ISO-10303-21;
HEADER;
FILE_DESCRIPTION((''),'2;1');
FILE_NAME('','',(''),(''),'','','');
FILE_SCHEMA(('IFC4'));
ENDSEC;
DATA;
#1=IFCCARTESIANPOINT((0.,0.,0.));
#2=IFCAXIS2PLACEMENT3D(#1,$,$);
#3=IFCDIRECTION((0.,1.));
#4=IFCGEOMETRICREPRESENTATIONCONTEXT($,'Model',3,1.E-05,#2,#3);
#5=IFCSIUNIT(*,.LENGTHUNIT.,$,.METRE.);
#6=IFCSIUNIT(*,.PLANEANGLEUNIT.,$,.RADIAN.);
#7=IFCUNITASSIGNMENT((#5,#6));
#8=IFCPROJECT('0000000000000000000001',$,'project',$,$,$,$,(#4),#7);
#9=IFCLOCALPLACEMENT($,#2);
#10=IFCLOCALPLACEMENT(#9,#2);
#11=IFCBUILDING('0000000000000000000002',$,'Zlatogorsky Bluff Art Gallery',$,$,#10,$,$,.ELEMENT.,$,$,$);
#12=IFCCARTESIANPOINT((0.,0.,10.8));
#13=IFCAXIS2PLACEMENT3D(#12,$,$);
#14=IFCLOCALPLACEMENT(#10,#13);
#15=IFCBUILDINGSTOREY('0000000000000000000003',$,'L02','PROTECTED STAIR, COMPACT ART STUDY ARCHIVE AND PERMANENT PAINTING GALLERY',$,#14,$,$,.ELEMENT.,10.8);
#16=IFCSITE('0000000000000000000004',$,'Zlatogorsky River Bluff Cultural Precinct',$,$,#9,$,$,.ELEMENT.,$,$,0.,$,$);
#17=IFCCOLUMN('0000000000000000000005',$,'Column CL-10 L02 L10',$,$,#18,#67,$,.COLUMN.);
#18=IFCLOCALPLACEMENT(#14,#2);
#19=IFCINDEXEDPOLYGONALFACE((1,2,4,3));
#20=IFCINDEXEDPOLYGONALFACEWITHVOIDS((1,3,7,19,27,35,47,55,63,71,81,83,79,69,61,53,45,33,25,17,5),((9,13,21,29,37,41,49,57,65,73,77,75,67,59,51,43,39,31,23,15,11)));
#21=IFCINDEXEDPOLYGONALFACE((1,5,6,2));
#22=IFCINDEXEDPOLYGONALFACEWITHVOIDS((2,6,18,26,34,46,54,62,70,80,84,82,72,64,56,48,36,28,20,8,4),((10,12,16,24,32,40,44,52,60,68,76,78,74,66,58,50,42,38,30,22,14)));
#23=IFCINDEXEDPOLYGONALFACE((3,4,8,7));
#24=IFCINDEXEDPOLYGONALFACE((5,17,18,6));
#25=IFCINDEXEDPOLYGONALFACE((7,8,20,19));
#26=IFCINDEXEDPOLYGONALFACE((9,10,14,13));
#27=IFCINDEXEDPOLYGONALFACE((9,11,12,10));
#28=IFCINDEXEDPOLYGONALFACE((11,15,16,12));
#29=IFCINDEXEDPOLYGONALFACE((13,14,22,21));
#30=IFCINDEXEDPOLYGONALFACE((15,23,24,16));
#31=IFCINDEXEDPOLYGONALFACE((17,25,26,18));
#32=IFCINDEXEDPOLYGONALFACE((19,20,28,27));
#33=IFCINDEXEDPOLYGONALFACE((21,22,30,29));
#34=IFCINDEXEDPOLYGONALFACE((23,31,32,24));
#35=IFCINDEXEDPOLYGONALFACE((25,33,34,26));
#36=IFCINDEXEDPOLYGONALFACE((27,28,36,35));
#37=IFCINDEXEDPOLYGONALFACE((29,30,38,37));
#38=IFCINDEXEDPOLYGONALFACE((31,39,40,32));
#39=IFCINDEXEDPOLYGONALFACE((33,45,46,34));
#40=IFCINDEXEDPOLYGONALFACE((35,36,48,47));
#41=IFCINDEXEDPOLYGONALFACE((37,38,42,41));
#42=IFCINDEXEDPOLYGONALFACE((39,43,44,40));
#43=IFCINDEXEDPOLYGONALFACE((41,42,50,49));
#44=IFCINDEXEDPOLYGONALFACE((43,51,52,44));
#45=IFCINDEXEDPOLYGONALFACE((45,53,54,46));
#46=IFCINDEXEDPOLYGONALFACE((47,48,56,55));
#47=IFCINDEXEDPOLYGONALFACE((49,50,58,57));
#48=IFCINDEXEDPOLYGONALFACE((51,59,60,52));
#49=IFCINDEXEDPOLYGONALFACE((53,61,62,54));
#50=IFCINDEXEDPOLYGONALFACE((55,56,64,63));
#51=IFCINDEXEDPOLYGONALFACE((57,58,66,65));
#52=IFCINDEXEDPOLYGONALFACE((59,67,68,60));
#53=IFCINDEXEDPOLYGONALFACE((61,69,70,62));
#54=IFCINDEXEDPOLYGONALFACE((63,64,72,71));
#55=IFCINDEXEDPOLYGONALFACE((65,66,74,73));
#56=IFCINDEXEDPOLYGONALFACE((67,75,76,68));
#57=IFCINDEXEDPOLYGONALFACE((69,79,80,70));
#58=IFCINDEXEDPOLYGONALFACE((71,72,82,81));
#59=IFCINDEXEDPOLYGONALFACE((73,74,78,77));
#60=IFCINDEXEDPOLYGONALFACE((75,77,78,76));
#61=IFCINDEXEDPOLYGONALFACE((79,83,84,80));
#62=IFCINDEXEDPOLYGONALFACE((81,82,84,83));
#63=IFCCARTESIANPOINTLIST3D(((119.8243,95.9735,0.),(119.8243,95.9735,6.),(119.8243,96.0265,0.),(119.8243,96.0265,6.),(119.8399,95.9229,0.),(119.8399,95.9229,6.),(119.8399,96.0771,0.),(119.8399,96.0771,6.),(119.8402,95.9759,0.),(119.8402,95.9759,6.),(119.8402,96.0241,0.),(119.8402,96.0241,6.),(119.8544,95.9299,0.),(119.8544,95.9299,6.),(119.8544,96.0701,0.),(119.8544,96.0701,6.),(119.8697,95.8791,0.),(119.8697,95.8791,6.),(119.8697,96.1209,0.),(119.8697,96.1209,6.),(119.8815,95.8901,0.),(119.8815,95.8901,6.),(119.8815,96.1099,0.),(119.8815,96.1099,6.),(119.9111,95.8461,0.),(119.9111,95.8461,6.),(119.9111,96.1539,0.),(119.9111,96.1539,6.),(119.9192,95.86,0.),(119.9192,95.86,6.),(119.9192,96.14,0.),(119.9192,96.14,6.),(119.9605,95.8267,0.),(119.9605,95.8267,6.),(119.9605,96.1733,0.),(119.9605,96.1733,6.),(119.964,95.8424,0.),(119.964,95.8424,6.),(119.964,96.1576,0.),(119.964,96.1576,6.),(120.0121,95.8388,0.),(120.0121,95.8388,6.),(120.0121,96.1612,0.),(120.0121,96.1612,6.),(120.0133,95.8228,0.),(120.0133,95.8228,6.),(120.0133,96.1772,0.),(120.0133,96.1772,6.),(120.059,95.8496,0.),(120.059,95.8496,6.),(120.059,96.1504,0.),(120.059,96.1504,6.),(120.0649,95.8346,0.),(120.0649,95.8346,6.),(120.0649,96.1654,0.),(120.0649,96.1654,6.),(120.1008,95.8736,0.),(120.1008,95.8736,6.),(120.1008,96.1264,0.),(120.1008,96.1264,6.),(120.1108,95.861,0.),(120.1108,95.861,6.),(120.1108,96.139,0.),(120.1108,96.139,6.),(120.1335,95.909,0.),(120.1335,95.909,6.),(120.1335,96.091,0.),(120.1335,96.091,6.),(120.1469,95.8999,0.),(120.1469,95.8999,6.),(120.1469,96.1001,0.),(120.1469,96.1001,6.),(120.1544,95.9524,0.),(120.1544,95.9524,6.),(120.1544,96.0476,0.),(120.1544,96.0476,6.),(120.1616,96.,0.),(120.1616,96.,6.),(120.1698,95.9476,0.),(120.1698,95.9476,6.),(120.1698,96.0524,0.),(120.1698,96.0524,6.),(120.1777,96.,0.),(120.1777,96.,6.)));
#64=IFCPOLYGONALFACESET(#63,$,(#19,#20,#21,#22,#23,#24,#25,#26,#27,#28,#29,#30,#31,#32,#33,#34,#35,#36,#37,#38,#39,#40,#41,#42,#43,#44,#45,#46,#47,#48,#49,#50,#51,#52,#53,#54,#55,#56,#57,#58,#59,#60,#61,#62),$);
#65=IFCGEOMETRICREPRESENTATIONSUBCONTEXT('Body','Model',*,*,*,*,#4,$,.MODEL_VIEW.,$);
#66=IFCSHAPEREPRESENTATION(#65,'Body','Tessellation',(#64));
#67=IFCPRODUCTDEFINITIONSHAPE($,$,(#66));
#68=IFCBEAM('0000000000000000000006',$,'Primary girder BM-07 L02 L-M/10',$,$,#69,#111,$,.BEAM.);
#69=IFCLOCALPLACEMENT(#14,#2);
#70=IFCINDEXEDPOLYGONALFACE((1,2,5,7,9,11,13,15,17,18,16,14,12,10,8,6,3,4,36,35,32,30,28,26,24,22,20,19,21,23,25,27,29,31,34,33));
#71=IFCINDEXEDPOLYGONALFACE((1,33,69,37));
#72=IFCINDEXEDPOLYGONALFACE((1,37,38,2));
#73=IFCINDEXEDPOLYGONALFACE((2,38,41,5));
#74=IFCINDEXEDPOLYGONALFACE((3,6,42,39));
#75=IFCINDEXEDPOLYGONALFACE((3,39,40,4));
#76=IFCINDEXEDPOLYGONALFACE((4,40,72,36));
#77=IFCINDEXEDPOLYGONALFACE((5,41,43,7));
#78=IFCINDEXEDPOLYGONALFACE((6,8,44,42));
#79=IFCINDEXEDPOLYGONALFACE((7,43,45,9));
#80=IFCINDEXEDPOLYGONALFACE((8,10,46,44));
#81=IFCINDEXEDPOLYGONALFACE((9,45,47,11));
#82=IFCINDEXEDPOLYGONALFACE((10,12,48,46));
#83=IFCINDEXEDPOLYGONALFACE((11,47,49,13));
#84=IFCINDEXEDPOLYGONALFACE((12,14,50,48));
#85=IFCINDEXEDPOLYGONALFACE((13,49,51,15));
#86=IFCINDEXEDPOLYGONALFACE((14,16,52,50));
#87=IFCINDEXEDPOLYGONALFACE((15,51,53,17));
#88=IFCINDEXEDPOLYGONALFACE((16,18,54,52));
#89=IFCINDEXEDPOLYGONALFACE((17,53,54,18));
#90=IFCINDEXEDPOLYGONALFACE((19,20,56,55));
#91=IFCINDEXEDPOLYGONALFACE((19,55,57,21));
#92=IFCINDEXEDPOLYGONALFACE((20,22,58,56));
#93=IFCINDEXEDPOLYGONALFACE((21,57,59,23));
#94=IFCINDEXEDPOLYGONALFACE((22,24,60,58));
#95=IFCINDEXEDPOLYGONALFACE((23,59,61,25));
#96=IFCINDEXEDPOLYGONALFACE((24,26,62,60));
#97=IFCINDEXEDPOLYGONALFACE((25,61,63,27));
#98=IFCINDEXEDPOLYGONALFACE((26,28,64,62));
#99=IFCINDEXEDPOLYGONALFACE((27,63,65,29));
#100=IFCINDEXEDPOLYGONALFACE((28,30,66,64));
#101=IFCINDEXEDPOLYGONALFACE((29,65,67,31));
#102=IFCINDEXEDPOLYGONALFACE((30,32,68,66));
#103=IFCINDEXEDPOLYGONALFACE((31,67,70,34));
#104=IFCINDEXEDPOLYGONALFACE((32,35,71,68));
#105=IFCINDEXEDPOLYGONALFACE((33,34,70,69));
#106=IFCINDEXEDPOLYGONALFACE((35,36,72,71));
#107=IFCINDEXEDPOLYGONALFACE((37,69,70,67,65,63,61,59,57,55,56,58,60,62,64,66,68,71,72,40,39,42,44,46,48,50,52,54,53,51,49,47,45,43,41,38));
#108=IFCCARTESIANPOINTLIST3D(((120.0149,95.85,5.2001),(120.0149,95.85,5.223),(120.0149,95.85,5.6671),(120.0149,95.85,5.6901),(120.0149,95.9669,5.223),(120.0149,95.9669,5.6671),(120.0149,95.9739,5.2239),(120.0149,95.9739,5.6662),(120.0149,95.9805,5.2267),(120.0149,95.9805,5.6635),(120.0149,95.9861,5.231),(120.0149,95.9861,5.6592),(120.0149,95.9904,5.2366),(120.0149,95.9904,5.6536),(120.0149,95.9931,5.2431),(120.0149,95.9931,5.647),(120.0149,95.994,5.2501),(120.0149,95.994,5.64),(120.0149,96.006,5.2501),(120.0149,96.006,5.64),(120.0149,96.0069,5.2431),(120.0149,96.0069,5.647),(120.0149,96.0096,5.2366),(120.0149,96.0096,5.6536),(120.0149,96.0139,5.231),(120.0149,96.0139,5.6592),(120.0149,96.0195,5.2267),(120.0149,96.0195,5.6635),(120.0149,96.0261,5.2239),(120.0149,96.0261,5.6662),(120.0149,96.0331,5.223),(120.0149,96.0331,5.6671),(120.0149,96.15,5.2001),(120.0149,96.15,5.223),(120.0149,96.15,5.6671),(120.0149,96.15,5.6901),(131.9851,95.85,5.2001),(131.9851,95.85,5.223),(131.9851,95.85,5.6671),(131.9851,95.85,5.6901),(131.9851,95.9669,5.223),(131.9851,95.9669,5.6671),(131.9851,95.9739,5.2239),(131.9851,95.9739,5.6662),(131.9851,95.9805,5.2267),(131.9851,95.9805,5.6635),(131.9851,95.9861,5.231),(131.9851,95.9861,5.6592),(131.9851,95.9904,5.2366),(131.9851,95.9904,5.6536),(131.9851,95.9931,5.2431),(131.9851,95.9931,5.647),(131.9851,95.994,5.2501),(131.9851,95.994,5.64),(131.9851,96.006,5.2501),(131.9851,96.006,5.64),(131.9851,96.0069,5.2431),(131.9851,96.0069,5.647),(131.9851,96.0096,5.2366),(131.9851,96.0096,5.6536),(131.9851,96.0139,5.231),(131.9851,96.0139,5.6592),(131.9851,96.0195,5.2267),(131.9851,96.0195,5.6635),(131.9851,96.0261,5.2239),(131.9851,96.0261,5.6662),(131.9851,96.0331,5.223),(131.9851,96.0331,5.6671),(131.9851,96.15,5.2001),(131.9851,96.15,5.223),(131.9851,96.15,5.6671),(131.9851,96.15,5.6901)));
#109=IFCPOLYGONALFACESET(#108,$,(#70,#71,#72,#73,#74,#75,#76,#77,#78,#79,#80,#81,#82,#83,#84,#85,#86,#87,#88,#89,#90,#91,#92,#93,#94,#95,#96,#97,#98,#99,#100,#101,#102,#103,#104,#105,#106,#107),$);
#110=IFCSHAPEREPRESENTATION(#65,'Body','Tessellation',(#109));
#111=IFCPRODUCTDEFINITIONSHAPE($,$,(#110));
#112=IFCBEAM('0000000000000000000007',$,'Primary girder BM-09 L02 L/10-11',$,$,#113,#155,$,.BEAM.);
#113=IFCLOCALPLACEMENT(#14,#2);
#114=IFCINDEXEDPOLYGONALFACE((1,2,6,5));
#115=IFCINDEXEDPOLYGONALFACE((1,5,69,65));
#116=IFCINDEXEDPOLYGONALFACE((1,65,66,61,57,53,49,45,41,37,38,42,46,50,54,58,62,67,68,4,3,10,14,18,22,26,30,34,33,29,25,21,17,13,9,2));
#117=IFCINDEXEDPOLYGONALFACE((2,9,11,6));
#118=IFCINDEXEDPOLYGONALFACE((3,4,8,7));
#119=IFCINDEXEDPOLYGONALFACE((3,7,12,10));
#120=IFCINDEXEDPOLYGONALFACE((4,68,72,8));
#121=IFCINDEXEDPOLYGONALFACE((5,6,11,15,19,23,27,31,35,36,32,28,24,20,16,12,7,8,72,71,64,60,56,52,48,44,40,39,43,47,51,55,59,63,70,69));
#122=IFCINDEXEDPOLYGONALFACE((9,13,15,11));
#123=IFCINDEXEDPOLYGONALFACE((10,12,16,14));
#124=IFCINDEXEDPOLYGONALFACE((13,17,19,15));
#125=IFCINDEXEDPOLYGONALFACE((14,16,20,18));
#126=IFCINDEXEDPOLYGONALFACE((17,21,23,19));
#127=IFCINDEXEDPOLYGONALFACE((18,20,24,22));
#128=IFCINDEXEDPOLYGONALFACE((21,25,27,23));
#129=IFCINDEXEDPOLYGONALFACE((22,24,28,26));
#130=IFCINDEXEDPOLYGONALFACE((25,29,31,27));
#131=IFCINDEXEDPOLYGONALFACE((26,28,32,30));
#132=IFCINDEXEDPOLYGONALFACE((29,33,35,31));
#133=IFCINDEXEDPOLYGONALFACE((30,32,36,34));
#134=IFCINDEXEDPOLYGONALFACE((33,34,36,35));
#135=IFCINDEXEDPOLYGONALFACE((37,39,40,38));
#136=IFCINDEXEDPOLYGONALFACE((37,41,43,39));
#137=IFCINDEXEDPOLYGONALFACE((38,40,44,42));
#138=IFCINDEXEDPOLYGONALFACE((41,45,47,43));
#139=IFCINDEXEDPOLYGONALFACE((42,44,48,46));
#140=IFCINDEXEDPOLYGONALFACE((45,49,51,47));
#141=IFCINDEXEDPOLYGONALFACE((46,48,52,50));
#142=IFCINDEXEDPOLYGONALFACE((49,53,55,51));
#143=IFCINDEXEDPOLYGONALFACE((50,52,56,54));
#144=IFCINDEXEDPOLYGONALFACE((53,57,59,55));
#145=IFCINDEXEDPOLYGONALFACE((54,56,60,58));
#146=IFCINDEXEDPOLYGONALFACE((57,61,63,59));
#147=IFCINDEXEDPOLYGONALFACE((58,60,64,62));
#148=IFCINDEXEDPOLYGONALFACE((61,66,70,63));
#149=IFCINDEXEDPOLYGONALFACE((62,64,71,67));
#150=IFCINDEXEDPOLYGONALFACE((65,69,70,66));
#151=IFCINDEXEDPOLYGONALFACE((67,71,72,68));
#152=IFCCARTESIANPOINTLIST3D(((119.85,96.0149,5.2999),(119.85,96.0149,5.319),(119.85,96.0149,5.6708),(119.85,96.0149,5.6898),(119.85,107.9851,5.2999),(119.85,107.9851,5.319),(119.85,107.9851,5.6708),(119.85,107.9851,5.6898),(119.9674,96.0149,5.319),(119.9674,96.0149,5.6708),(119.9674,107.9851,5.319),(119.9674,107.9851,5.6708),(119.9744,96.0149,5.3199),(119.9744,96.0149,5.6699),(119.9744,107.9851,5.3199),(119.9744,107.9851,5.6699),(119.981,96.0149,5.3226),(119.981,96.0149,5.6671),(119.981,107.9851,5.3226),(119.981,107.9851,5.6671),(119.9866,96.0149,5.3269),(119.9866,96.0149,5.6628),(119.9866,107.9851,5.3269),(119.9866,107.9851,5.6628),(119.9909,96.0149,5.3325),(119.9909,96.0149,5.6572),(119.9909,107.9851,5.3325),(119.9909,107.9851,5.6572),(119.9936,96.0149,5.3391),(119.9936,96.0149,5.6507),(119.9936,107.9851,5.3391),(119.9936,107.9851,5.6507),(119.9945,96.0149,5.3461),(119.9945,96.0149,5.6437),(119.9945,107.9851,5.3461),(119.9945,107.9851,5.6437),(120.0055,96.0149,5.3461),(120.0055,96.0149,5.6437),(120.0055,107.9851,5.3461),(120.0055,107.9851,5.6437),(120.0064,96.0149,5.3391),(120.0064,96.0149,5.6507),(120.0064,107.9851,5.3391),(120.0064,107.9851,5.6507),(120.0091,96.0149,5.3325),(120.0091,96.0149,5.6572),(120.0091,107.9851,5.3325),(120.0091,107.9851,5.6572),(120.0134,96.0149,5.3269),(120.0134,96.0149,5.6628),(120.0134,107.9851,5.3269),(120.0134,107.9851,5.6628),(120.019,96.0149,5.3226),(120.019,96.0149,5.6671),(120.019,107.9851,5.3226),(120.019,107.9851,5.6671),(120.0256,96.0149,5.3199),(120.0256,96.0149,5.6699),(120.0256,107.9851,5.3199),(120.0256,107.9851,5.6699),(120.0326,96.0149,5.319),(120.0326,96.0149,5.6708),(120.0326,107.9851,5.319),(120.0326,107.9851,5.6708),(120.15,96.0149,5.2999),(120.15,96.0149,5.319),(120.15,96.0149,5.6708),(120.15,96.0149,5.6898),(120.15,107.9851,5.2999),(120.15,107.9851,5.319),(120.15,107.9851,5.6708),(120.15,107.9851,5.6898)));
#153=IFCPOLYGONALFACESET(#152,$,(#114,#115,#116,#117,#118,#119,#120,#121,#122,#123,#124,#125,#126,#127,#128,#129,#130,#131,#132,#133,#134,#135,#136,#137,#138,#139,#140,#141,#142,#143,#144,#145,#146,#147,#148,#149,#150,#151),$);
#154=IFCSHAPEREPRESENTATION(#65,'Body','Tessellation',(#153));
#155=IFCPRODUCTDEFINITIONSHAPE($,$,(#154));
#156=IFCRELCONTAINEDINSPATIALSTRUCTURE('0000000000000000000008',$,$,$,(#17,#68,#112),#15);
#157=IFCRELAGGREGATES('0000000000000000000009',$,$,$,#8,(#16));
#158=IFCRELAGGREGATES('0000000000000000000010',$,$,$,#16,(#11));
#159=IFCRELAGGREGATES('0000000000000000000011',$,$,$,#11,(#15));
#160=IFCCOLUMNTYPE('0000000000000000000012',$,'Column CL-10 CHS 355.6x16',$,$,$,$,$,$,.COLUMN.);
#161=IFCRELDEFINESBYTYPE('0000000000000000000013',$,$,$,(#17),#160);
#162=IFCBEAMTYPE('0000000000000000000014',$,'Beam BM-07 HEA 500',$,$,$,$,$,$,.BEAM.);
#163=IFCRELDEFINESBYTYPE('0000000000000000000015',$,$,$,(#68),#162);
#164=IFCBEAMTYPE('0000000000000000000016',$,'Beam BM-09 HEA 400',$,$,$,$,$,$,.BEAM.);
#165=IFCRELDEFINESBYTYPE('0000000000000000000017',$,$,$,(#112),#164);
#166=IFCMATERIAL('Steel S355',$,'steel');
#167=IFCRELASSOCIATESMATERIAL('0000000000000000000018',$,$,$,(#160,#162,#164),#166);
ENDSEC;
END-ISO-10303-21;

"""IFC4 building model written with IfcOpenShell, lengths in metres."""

from ifc_helpers import new_model, si_unit, direction, frame, origin, origin_2d, place, context, subcontext, project, spatial, hollow_circle, i_section, extrude, material, material_profile, profile_set, type_object, element, save


model = new_model("IFC4")

# Units and contexts
model_context = context("Model", 3, precision=1e-05, world=origin(), true_north=direction((0.0, 1.0)))
body_context = subcontext(model_context, "Body", "Model", "MODEL_VIEW")
ifc_project = project(units=[si_unit("LENGTHUNIT", "METRE"), si_unit("PLANEANGLEUNIT", "RADIAN")], contexts=[model_context])

# Site, building, storey
site_placement = place(None, origin())
site = spatial("IfcSite", under=ifc_project, at=site_placement, Name="Zlatogorsky River Bluff Cultural Precinct", CompositionType="ELEMENT", RefElevation=0.0)
building_placement = place(site_placement, origin())
building = spatial("IfcBuilding", under=site, at=building_placement, Name="Zlatogorsky Bluff Art Gallery", CompositionType="ELEMENT")
storey_placement = place(building_placement, frame((0.0, 0.0, 10.8)))
storey = spatial("IfcBuildingStorey", under=building, at=storey_placement, Name="L02", Description="PROTECTED STAIR, COMPACT ART STUDY ARCHIVE AND PERMANENT PAINTING GALLERY", CompositionType="ELEMENT", Elevation=10.8)

# Column
ifc_material_1 = material(Name="Steel S355", Category="steel")
ifc_material_profile_1 = material_profile(ifc_material_1, hollow_circle(Radius=0.1777, WallThickness=0.0161, at=origin_2d()), Name="CHS 355.6x16")
ifc_profile_set_1 = profile_set([ifc_material_profile_1], Name="Steel S355")
column_type = type_object("IfcColumnType", Name="Column CL-10 CHS 355.6x16", PredefinedType="COLUMN", material=ifc_profile_set_1)
column_placement = place(storey_placement, frame((120.0, 96.0, 0.0), z_axis=(0.0, 0.0, 1.0), x_axis=(1.0, 0.0, 0.0)))
element("IfcColumn", 1, at=column_placement, inside=storey, type_object=column_type, Name="Column CL-10 L02 L10", PredefinedType="COLUMN", context=body_context, shape_type="SweptSolid", body=[
    extrude(hollow_circle(Radius=0.1777, WallThickness=0.0161, at=origin_2d()), origin(), (0.0, 0.0, 1.0), 6.0),
])

# Beams
ifc_material_profile_2 = material_profile(ifc_material_1, i_section(OverallWidth=0.3, OverallDepth=0.49, WebThickness=0.012, FlangeThickness=0.0229, FilletRadius=0.0271, at=origin_2d()), Name="HEA 500")
ifc_profile_set_2 = profile_set([ifc_material_profile_2], Name="Steel S355")
beam_type_1 = type_object("IfcBeamType", Name="Beam BM-07 HEA 500", PredefinedType="BEAM", material=ifc_profile_set_2)
beam_1_placement = place(storey_placement, frame((120.0149, 96.0, 5.4451), z_axis=(1.0, 0.0, 0.0), x_axis=(0.0, 1.0, 0.0)))
element("IfcBeam", 2, at=beam_1_placement, inside=storey, type_object=beam_type_1, Name="Primary girder BM-07 L02 L-M/10", PredefinedType="BEAM", context=body_context, shape_type="SweptSolid", body=[
    extrude(i_section(OverallWidth=0.3, OverallDepth=0.49, WebThickness=0.012, FlangeThickness=0.0229, FilletRadius=0.0271, at=origin_2d()), origin(), (0.0, 0.0, 1.0), 11.9702),
])
ifc_material_profile_3 = material_profile(ifc_material_1, i_section(OverallWidth=0.3, OverallDepth=0.3899, WebThickness=0.011, FlangeThickness=0.019, FilletRadius=0.0271, at=origin_2d()), Name="HEA 400")
ifc_profile_set_3 = profile_set([ifc_material_profile_3], Name="Steel S355")
beam_type_2 = type_object("IfcBeamType", Name="Beam BM-09 HEA 400", PredefinedType="BEAM", material=ifc_profile_set_3)
beam_2_placement = place(storey_placement, frame((120.0, 96.0149, 5.4949), z_axis=(0.0, 1.0, 0.0), x_axis=(-1.0, 0.0, 0.0)))
element("IfcBeam", 3, at=beam_2_placement, inside=storey, type_object=beam_type_2, Name="Primary girder BM-09 L02 L/10-11", PredefinedType="BEAM", context=body_context, shape_type="SweptSolid", body=[
    extrude(i_section(OverallWidth=0.3, OverallDepth=0.3899, WebThickness=0.011, FlangeThickness=0.019, FilletRadius=0.0271, at=origin_2d()), origin(), (0.0, 0.0, 1.0), 11.9702),
])

save(model, "model.ifc")
